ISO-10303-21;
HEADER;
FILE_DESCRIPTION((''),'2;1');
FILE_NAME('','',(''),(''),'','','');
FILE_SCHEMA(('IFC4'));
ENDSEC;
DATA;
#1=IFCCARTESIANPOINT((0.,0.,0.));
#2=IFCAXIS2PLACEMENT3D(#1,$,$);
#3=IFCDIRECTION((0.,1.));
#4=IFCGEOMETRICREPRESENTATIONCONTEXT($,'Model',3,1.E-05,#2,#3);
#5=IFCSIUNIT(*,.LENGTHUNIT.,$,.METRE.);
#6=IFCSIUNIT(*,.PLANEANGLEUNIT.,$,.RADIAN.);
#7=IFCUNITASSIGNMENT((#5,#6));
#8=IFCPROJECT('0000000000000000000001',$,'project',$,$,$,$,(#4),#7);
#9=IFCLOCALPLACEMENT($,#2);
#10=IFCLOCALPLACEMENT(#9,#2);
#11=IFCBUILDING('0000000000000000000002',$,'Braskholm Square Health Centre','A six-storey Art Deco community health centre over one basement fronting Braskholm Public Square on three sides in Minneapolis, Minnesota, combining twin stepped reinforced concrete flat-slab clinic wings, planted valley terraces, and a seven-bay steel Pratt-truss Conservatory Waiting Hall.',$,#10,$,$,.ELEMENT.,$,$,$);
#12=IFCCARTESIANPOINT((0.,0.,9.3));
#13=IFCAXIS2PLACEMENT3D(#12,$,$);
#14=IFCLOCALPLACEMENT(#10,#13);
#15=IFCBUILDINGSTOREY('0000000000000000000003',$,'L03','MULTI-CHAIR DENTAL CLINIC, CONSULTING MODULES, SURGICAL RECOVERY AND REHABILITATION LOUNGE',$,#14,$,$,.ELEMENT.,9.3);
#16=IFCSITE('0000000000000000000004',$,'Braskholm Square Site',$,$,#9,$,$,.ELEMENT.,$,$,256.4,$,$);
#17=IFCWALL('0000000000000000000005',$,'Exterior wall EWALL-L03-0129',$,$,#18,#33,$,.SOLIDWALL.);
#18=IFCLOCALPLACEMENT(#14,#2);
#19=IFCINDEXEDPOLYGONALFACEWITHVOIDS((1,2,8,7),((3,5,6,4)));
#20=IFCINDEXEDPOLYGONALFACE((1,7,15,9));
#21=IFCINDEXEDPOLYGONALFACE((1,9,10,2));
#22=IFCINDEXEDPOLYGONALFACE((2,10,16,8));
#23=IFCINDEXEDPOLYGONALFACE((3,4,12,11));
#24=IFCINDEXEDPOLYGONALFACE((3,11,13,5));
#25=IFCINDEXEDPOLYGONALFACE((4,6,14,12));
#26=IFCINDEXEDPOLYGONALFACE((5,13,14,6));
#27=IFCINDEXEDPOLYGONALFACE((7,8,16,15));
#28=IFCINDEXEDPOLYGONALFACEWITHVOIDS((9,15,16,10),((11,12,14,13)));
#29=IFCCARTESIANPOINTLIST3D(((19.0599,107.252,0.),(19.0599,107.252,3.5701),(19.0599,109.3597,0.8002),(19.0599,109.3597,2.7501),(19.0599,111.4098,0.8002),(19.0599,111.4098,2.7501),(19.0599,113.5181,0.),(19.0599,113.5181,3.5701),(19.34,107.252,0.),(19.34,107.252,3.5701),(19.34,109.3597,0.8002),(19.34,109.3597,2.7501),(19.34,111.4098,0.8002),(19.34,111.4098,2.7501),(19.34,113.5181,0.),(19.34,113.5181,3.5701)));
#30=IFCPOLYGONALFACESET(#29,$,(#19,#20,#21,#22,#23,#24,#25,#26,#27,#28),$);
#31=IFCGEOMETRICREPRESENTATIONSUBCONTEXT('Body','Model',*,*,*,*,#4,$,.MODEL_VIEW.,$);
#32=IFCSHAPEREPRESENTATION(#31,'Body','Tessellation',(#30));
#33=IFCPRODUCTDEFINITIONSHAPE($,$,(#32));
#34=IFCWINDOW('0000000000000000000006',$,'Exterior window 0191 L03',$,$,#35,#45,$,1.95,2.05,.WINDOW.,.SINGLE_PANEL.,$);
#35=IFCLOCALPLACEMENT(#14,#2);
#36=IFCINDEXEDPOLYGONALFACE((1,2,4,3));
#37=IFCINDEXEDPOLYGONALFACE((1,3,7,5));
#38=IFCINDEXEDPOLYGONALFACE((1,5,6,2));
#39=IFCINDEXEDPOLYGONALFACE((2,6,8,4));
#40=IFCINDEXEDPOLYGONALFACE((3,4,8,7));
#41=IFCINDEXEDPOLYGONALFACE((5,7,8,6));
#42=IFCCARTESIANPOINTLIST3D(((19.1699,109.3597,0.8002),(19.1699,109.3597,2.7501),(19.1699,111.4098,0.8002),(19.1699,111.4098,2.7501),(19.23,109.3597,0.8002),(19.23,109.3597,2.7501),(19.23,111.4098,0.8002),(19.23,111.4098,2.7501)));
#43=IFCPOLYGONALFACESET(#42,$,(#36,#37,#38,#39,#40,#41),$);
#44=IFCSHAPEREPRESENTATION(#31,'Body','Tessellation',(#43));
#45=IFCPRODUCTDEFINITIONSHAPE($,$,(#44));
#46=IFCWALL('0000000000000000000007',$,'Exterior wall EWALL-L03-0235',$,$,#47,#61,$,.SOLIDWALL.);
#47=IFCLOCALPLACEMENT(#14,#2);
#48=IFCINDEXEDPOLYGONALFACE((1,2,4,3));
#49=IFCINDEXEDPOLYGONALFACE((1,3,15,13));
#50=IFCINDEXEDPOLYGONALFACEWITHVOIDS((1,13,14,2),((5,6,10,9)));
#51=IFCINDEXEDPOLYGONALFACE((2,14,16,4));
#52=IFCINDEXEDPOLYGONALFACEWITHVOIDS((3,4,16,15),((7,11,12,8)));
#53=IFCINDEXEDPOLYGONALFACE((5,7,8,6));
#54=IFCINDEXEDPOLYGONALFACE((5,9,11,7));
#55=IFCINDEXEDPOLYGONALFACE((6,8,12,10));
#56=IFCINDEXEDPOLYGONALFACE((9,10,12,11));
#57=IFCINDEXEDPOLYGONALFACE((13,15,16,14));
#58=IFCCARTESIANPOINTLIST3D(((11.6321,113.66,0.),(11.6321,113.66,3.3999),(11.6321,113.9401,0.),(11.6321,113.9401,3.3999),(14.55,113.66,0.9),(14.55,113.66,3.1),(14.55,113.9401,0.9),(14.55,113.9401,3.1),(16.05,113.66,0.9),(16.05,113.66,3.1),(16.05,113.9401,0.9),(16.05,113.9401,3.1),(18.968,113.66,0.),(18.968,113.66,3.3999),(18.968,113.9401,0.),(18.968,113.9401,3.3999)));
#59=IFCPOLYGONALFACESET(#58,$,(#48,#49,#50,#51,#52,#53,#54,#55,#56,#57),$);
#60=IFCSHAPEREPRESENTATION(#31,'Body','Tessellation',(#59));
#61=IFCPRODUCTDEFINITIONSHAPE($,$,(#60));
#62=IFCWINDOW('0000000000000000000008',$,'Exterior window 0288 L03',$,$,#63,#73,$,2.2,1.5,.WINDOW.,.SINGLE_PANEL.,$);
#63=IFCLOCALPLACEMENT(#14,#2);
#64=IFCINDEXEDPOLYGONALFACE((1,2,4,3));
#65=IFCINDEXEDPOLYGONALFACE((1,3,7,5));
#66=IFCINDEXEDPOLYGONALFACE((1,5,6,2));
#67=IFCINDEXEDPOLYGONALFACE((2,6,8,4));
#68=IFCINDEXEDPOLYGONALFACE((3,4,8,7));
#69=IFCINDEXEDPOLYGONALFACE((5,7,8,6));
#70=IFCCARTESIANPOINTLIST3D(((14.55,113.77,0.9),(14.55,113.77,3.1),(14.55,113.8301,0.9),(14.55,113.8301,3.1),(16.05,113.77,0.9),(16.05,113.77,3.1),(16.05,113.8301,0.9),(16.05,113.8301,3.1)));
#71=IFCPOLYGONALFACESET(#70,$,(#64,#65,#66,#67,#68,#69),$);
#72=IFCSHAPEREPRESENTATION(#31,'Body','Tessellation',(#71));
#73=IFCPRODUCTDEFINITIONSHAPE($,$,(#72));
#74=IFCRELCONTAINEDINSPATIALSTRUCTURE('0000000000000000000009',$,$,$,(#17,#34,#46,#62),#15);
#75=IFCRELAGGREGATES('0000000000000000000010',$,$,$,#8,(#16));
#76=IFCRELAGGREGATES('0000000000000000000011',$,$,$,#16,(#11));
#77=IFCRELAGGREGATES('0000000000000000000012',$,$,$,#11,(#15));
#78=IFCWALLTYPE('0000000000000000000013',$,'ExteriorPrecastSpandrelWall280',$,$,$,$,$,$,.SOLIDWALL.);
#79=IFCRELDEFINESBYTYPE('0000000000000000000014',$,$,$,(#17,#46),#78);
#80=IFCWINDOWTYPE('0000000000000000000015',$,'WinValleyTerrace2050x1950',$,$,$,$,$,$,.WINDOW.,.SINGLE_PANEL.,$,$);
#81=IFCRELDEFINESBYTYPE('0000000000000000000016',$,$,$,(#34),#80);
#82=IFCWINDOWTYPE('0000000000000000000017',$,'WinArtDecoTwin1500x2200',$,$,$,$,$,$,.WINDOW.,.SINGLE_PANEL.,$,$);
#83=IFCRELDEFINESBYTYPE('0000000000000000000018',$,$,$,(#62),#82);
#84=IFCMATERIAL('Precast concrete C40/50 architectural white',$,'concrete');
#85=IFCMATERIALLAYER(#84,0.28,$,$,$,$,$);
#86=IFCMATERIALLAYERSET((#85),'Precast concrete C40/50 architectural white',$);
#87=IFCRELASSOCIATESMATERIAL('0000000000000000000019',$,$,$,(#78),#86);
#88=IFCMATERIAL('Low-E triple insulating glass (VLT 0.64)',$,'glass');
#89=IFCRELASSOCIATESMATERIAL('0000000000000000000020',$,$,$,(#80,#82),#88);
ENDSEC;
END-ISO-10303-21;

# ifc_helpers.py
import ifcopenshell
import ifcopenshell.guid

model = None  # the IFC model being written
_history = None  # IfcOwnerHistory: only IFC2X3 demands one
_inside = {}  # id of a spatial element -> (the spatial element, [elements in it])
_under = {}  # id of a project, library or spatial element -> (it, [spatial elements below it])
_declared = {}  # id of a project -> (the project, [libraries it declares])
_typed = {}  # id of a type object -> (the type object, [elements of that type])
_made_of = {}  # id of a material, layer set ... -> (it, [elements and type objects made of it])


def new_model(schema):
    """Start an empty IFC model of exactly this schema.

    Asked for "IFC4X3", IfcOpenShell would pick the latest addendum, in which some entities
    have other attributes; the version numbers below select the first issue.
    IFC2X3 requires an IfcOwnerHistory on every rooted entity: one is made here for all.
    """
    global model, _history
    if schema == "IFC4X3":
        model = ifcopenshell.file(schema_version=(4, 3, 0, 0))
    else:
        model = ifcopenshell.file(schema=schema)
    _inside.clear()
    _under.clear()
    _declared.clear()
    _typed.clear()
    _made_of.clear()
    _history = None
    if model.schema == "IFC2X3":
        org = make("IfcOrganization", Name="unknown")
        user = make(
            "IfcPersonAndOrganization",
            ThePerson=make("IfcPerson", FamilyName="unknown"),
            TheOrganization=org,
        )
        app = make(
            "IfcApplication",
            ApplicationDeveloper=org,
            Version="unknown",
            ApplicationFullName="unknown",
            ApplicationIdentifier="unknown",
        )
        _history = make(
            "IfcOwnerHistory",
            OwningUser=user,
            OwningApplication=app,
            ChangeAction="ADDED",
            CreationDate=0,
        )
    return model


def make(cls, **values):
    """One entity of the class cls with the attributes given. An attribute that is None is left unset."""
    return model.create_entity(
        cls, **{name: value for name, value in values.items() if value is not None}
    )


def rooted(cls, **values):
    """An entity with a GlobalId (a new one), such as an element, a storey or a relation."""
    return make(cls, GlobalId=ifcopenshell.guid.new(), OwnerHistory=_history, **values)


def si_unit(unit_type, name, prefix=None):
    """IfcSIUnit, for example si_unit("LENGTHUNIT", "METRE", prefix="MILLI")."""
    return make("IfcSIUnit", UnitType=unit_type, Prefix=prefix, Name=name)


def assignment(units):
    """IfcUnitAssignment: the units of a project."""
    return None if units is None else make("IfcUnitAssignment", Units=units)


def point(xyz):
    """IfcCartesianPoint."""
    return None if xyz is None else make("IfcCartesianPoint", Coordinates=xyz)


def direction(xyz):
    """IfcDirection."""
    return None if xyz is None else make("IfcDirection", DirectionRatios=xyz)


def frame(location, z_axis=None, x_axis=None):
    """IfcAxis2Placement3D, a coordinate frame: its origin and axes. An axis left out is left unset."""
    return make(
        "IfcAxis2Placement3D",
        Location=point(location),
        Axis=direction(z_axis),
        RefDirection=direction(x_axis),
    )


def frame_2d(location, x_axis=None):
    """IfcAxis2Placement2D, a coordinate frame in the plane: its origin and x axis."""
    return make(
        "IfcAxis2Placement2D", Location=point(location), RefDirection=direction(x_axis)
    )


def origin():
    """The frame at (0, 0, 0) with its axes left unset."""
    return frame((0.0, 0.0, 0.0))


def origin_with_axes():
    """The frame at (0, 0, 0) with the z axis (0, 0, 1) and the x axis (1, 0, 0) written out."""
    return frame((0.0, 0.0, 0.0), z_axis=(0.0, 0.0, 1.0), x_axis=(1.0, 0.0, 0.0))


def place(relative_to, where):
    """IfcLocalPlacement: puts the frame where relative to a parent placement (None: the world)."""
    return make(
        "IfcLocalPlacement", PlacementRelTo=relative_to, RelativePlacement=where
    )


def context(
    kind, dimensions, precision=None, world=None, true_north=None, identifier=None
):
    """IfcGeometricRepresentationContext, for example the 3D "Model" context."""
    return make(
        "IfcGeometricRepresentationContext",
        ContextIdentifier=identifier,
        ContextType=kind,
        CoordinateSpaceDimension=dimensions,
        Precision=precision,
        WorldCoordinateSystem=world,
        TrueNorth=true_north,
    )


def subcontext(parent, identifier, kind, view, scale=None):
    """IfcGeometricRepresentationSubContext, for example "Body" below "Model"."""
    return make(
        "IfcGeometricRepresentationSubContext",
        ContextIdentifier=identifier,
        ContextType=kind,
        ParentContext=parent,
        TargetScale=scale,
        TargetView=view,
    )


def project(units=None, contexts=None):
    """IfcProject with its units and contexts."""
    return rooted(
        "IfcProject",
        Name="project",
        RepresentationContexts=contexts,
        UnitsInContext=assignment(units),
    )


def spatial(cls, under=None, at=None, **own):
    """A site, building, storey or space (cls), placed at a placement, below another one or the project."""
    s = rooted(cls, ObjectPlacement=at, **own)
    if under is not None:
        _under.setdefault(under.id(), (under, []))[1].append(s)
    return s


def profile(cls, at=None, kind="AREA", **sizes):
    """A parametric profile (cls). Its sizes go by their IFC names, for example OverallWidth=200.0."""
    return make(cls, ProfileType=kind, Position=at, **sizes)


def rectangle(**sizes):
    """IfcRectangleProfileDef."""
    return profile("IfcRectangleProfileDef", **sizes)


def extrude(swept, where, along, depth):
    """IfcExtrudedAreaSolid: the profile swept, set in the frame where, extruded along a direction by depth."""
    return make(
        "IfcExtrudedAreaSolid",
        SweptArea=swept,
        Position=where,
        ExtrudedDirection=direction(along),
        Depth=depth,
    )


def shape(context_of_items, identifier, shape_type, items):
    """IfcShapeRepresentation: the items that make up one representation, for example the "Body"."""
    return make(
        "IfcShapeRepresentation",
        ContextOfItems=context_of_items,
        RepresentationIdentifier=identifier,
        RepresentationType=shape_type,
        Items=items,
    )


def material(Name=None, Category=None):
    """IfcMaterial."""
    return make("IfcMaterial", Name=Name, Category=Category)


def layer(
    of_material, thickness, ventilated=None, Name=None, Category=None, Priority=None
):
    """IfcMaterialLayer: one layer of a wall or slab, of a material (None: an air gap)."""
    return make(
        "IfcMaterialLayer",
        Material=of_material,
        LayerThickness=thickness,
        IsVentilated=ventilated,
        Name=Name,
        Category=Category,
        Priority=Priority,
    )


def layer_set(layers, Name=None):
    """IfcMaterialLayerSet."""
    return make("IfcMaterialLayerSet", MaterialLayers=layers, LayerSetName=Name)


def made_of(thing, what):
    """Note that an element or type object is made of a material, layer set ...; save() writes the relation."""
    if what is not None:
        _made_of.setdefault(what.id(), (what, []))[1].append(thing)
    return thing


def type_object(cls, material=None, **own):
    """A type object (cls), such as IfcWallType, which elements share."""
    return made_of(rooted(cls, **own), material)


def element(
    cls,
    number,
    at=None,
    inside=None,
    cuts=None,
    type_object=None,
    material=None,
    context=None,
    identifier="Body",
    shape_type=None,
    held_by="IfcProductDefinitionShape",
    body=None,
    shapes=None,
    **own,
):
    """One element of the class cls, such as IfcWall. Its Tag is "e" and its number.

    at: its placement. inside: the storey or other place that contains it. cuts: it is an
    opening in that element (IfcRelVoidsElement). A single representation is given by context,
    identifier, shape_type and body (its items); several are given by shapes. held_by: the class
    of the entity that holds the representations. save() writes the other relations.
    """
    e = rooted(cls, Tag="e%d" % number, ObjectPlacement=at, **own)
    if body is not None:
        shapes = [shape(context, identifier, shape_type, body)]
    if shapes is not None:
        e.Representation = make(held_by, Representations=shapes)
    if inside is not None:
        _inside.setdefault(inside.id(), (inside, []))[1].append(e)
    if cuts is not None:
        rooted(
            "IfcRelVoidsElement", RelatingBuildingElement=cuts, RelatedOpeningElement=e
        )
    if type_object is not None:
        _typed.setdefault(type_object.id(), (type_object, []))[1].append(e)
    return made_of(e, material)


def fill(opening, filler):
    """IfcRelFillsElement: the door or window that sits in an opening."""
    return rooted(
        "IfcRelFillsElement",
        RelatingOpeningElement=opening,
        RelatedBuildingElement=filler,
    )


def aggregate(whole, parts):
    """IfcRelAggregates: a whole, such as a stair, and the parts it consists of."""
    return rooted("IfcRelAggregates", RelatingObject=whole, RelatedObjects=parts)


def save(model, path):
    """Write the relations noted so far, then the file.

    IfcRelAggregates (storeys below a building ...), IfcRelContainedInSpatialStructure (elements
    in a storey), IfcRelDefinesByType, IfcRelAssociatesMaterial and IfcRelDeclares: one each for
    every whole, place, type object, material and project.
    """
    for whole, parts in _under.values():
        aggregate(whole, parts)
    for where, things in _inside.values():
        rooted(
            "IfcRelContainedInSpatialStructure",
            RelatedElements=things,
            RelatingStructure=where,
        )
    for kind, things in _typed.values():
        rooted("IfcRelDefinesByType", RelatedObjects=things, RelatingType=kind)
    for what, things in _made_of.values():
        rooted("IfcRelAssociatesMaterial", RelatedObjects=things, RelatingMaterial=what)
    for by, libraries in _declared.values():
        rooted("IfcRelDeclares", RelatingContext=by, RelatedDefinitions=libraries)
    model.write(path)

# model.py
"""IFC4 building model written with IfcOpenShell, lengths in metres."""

from ifc_helpers import new_model, si_unit, direction, frame, frame_2d, origin, origin_with_axes, place, context, subcontext, project, spatial, rectangle, extrude, material, layer, layer_set, type_object, element, fill, save


model = new_model("IFC4")

# Units and contexts
model_context = context("Model", 3, precision=1e-05, world=origin(), true_north=direction((0.0, 1.0)))
body_context = subcontext(model_context, "Body", "Model", "MODEL_VIEW")
ifc_project = project(units=[si_unit("LENGTHUNIT", "METRE"), si_unit("PLANEANGLEUNIT", "RADIAN")], contexts=[model_context])

# Site, building, storey
site_placement = place(None, origin())
site = spatial("IfcSite", under=ifc_project, at=site_placement, Name="Braskholm Square Site", CompositionType="ELEMENT", RefElevation=256.4)
building_placement = place(site_placement, origin())
building = spatial("IfcBuilding", under=site, at=building_placement, Name="Braskholm Square Health Centre", Description="A six-storey Art Deco community health centre over one basement fronting Braskholm Public Square on three sides in Minneapolis, Minnesota, combining twin stepped reinforced concrete flat-slab clinic wings, planted valley terraces, and a seven-bay steel Pratt-truss Conservatory Waiting Hall.", CompositionType="ELEMENT")
storey_placement = place(building_placement, frame((0.0, 0.0, 9.3)))
storey = spatial("IfcBuildingStorey", under=building, at=storey_placement, Name="L03", Description="MULTI-CHAIR DENTAL CLINIC, CONSULTING MODULES, SURGICAL RECOVERY AND REHABILITATION LOUNGE", CompositionType="ELEMENT", Elevation=9.3)

# Shared definitions
ifc_material_1 = material(Name="Precast concrete C40/50 architectural white", Category="concrete")

# Shared definitions
ifc_layer_1 = layer(ifc_material_1, 0.28)
ifc_layer_set_1 = layer_set([ifc_layer_1], Name="Precast concrete C40/50 architectural white")
wall_type = type_object("IfcWallType", Name="ExteriorPrecastSpandrelWall280", PredefinedType="SOLIDWALL", material=ifc_layer_set_1)
ifc_material_2 = material(Name="Low-E triple insulating glass (VLT 0.64)", Category="glass")

# Walls, openings, windows
wall_1_placement = place(storey_placement, frame((19.2, 107.252, 0.0), z_axis=(0.0, 0.0, 1.0), x_axis=(0.0, 1.0, 0.0)))
wall_1 = element("IfcWall", 1, at=wall_1_placement, inside=storey, type_object=wall_type, Name="Exterior wall EWALL-L03-0129", PredefinedType="SOLIDWALL", context=body_context, shape_type="SweptSolid", body=[
    extrude(rectangle(XDim=6.2661, YDim=0.28, at=frame_2d((3.1331, 0.0))), origin(), (0.0, 0.0, 1.0), 3.5701),
])
opening_1_placement = place(wall_1_placement, frame((2.1079, 0.0, 0.8)))
opening_1 = element("IfcOpeningElement", 2, at=opening_1_placement, cuts=wall_1, PredefinedType="OPENING", context=body_context, shape_type="SweptSolid", body=[
    extrude(rectangle(XDim=2.05, YDim=1.95, at=frame_2d((1.0249, 0.9751))), frame((0.0, 0.1499, 0.0), z_axis=(0.0, -1.0, 0.0), x_axis=(1.0, 0.0, 0.0)), (0.0, 0.0, 1.0), 0.3),
])
window_type_1 = type_object("IfcWindowType", Name="WinValleyTerrace2050x1950", PartitioningType="SINGLE_PANEL", PredefinedType="WINDOW", material=ifc_material_2)
window_1_placement = place(opening_1_placement, origin_with_axes())
window_1 = element("IfcWindow", 3, at=window_1_placement, inside=storey, type_object=window_type_1, Name="Exterior window 0191 L03", OverallHeight=1.95, OverallWidth=2.05, PartitioningType="SINGLE_PANEL", PredefinedType="WINDOW", context=body_context, shape_type="SweptSolid", body=[
    extrude(rectangle(XDim=2.05, YDim=1.95, at=frame_2d((1.0249, 0.9751))), frame((0.0, 0.03, 0.0), z_axis=(0.0, -1.0, 0.0), x_axis=(1.0, 0.0, 0.0)), (0.0, 0.0, 1.0), 0.0601),
])
fill(opening_1, window_1)
wall_2_placement = place(storey_placement, frame((18.968, 113.8, 0.0), z_axis=(0.0, 0.0, 1.0), x_axis=(-1.0, 0.0, 0.0)))
wall_2 = element("IfcWall", 4, at=wall_2_placement, inside=storey, type_object=wall_type, Name="Exterior wall EWALL-L03-0235", PredefinedType="SOLIDWALL", context=body_context, shape_type="SweptSolid", body=[
    extrude(rectangle(XDim=7.3359, YDim=0.28, at=frame_2d((3.668, 0.0))), origin(), (0.0, 0.0, 1.0), 3.3999),
])
opening_2_placement = place(wall_2_placement, frame((2.918, 0.0, 0.8999)))
opening_2 = element("IfcOpeningElement", 5, at=opening_2_placement, cuts=wall_2, PredefinedType="OPENING", context=body_context, shape_type="SweptSolid", body=[
    extrude(rectangle(XDim=1.5, YDim=2.2, at=frame_2d((0.75, 1.1001))), frame((0.0, 0.1499, 0.0), z_axis=(0.0, -1.0, 0.0), x_axis=(1.0, 0.0, 0.0)), (0.0, 0.0, 1.0), 0.3),
])
window_type_2 = type_object("IfcWindowType", Name="WinArtDecoTwin1500x2200", PartitioningType="SINGLE_PANEL", PredefinedType="WINDOW", material=ifc_material_2)
window_2_placement = place(opening_2_placement, origin_with_axes())
window_2 = element("IfcWindow", 6, at=window_2_placement, inside=storey, type_object=window_type_2, Name="Exterior window 0288 L03", OverallHeight=2.2, OverallWidth=1.5, PartitioningType="SINGLE_PANEL", PredefinedType="WINDOW", context=body_context, shape_type="SweptSolid", body=[
    extrude(rectangle(XDim=1.5, YDim=2.2, at=frame_2d((0.75, 1.1001))), frame((0.0, 0.03, 0.0), z_axis=(0.0, -1.0, 0.0), x_axis=(1.0, 0.0, 0.0)), (0.0, 0.0, 1.0), 0.0601),
])
fill(opening_2, window_2)

save(model, "model.ifc")
